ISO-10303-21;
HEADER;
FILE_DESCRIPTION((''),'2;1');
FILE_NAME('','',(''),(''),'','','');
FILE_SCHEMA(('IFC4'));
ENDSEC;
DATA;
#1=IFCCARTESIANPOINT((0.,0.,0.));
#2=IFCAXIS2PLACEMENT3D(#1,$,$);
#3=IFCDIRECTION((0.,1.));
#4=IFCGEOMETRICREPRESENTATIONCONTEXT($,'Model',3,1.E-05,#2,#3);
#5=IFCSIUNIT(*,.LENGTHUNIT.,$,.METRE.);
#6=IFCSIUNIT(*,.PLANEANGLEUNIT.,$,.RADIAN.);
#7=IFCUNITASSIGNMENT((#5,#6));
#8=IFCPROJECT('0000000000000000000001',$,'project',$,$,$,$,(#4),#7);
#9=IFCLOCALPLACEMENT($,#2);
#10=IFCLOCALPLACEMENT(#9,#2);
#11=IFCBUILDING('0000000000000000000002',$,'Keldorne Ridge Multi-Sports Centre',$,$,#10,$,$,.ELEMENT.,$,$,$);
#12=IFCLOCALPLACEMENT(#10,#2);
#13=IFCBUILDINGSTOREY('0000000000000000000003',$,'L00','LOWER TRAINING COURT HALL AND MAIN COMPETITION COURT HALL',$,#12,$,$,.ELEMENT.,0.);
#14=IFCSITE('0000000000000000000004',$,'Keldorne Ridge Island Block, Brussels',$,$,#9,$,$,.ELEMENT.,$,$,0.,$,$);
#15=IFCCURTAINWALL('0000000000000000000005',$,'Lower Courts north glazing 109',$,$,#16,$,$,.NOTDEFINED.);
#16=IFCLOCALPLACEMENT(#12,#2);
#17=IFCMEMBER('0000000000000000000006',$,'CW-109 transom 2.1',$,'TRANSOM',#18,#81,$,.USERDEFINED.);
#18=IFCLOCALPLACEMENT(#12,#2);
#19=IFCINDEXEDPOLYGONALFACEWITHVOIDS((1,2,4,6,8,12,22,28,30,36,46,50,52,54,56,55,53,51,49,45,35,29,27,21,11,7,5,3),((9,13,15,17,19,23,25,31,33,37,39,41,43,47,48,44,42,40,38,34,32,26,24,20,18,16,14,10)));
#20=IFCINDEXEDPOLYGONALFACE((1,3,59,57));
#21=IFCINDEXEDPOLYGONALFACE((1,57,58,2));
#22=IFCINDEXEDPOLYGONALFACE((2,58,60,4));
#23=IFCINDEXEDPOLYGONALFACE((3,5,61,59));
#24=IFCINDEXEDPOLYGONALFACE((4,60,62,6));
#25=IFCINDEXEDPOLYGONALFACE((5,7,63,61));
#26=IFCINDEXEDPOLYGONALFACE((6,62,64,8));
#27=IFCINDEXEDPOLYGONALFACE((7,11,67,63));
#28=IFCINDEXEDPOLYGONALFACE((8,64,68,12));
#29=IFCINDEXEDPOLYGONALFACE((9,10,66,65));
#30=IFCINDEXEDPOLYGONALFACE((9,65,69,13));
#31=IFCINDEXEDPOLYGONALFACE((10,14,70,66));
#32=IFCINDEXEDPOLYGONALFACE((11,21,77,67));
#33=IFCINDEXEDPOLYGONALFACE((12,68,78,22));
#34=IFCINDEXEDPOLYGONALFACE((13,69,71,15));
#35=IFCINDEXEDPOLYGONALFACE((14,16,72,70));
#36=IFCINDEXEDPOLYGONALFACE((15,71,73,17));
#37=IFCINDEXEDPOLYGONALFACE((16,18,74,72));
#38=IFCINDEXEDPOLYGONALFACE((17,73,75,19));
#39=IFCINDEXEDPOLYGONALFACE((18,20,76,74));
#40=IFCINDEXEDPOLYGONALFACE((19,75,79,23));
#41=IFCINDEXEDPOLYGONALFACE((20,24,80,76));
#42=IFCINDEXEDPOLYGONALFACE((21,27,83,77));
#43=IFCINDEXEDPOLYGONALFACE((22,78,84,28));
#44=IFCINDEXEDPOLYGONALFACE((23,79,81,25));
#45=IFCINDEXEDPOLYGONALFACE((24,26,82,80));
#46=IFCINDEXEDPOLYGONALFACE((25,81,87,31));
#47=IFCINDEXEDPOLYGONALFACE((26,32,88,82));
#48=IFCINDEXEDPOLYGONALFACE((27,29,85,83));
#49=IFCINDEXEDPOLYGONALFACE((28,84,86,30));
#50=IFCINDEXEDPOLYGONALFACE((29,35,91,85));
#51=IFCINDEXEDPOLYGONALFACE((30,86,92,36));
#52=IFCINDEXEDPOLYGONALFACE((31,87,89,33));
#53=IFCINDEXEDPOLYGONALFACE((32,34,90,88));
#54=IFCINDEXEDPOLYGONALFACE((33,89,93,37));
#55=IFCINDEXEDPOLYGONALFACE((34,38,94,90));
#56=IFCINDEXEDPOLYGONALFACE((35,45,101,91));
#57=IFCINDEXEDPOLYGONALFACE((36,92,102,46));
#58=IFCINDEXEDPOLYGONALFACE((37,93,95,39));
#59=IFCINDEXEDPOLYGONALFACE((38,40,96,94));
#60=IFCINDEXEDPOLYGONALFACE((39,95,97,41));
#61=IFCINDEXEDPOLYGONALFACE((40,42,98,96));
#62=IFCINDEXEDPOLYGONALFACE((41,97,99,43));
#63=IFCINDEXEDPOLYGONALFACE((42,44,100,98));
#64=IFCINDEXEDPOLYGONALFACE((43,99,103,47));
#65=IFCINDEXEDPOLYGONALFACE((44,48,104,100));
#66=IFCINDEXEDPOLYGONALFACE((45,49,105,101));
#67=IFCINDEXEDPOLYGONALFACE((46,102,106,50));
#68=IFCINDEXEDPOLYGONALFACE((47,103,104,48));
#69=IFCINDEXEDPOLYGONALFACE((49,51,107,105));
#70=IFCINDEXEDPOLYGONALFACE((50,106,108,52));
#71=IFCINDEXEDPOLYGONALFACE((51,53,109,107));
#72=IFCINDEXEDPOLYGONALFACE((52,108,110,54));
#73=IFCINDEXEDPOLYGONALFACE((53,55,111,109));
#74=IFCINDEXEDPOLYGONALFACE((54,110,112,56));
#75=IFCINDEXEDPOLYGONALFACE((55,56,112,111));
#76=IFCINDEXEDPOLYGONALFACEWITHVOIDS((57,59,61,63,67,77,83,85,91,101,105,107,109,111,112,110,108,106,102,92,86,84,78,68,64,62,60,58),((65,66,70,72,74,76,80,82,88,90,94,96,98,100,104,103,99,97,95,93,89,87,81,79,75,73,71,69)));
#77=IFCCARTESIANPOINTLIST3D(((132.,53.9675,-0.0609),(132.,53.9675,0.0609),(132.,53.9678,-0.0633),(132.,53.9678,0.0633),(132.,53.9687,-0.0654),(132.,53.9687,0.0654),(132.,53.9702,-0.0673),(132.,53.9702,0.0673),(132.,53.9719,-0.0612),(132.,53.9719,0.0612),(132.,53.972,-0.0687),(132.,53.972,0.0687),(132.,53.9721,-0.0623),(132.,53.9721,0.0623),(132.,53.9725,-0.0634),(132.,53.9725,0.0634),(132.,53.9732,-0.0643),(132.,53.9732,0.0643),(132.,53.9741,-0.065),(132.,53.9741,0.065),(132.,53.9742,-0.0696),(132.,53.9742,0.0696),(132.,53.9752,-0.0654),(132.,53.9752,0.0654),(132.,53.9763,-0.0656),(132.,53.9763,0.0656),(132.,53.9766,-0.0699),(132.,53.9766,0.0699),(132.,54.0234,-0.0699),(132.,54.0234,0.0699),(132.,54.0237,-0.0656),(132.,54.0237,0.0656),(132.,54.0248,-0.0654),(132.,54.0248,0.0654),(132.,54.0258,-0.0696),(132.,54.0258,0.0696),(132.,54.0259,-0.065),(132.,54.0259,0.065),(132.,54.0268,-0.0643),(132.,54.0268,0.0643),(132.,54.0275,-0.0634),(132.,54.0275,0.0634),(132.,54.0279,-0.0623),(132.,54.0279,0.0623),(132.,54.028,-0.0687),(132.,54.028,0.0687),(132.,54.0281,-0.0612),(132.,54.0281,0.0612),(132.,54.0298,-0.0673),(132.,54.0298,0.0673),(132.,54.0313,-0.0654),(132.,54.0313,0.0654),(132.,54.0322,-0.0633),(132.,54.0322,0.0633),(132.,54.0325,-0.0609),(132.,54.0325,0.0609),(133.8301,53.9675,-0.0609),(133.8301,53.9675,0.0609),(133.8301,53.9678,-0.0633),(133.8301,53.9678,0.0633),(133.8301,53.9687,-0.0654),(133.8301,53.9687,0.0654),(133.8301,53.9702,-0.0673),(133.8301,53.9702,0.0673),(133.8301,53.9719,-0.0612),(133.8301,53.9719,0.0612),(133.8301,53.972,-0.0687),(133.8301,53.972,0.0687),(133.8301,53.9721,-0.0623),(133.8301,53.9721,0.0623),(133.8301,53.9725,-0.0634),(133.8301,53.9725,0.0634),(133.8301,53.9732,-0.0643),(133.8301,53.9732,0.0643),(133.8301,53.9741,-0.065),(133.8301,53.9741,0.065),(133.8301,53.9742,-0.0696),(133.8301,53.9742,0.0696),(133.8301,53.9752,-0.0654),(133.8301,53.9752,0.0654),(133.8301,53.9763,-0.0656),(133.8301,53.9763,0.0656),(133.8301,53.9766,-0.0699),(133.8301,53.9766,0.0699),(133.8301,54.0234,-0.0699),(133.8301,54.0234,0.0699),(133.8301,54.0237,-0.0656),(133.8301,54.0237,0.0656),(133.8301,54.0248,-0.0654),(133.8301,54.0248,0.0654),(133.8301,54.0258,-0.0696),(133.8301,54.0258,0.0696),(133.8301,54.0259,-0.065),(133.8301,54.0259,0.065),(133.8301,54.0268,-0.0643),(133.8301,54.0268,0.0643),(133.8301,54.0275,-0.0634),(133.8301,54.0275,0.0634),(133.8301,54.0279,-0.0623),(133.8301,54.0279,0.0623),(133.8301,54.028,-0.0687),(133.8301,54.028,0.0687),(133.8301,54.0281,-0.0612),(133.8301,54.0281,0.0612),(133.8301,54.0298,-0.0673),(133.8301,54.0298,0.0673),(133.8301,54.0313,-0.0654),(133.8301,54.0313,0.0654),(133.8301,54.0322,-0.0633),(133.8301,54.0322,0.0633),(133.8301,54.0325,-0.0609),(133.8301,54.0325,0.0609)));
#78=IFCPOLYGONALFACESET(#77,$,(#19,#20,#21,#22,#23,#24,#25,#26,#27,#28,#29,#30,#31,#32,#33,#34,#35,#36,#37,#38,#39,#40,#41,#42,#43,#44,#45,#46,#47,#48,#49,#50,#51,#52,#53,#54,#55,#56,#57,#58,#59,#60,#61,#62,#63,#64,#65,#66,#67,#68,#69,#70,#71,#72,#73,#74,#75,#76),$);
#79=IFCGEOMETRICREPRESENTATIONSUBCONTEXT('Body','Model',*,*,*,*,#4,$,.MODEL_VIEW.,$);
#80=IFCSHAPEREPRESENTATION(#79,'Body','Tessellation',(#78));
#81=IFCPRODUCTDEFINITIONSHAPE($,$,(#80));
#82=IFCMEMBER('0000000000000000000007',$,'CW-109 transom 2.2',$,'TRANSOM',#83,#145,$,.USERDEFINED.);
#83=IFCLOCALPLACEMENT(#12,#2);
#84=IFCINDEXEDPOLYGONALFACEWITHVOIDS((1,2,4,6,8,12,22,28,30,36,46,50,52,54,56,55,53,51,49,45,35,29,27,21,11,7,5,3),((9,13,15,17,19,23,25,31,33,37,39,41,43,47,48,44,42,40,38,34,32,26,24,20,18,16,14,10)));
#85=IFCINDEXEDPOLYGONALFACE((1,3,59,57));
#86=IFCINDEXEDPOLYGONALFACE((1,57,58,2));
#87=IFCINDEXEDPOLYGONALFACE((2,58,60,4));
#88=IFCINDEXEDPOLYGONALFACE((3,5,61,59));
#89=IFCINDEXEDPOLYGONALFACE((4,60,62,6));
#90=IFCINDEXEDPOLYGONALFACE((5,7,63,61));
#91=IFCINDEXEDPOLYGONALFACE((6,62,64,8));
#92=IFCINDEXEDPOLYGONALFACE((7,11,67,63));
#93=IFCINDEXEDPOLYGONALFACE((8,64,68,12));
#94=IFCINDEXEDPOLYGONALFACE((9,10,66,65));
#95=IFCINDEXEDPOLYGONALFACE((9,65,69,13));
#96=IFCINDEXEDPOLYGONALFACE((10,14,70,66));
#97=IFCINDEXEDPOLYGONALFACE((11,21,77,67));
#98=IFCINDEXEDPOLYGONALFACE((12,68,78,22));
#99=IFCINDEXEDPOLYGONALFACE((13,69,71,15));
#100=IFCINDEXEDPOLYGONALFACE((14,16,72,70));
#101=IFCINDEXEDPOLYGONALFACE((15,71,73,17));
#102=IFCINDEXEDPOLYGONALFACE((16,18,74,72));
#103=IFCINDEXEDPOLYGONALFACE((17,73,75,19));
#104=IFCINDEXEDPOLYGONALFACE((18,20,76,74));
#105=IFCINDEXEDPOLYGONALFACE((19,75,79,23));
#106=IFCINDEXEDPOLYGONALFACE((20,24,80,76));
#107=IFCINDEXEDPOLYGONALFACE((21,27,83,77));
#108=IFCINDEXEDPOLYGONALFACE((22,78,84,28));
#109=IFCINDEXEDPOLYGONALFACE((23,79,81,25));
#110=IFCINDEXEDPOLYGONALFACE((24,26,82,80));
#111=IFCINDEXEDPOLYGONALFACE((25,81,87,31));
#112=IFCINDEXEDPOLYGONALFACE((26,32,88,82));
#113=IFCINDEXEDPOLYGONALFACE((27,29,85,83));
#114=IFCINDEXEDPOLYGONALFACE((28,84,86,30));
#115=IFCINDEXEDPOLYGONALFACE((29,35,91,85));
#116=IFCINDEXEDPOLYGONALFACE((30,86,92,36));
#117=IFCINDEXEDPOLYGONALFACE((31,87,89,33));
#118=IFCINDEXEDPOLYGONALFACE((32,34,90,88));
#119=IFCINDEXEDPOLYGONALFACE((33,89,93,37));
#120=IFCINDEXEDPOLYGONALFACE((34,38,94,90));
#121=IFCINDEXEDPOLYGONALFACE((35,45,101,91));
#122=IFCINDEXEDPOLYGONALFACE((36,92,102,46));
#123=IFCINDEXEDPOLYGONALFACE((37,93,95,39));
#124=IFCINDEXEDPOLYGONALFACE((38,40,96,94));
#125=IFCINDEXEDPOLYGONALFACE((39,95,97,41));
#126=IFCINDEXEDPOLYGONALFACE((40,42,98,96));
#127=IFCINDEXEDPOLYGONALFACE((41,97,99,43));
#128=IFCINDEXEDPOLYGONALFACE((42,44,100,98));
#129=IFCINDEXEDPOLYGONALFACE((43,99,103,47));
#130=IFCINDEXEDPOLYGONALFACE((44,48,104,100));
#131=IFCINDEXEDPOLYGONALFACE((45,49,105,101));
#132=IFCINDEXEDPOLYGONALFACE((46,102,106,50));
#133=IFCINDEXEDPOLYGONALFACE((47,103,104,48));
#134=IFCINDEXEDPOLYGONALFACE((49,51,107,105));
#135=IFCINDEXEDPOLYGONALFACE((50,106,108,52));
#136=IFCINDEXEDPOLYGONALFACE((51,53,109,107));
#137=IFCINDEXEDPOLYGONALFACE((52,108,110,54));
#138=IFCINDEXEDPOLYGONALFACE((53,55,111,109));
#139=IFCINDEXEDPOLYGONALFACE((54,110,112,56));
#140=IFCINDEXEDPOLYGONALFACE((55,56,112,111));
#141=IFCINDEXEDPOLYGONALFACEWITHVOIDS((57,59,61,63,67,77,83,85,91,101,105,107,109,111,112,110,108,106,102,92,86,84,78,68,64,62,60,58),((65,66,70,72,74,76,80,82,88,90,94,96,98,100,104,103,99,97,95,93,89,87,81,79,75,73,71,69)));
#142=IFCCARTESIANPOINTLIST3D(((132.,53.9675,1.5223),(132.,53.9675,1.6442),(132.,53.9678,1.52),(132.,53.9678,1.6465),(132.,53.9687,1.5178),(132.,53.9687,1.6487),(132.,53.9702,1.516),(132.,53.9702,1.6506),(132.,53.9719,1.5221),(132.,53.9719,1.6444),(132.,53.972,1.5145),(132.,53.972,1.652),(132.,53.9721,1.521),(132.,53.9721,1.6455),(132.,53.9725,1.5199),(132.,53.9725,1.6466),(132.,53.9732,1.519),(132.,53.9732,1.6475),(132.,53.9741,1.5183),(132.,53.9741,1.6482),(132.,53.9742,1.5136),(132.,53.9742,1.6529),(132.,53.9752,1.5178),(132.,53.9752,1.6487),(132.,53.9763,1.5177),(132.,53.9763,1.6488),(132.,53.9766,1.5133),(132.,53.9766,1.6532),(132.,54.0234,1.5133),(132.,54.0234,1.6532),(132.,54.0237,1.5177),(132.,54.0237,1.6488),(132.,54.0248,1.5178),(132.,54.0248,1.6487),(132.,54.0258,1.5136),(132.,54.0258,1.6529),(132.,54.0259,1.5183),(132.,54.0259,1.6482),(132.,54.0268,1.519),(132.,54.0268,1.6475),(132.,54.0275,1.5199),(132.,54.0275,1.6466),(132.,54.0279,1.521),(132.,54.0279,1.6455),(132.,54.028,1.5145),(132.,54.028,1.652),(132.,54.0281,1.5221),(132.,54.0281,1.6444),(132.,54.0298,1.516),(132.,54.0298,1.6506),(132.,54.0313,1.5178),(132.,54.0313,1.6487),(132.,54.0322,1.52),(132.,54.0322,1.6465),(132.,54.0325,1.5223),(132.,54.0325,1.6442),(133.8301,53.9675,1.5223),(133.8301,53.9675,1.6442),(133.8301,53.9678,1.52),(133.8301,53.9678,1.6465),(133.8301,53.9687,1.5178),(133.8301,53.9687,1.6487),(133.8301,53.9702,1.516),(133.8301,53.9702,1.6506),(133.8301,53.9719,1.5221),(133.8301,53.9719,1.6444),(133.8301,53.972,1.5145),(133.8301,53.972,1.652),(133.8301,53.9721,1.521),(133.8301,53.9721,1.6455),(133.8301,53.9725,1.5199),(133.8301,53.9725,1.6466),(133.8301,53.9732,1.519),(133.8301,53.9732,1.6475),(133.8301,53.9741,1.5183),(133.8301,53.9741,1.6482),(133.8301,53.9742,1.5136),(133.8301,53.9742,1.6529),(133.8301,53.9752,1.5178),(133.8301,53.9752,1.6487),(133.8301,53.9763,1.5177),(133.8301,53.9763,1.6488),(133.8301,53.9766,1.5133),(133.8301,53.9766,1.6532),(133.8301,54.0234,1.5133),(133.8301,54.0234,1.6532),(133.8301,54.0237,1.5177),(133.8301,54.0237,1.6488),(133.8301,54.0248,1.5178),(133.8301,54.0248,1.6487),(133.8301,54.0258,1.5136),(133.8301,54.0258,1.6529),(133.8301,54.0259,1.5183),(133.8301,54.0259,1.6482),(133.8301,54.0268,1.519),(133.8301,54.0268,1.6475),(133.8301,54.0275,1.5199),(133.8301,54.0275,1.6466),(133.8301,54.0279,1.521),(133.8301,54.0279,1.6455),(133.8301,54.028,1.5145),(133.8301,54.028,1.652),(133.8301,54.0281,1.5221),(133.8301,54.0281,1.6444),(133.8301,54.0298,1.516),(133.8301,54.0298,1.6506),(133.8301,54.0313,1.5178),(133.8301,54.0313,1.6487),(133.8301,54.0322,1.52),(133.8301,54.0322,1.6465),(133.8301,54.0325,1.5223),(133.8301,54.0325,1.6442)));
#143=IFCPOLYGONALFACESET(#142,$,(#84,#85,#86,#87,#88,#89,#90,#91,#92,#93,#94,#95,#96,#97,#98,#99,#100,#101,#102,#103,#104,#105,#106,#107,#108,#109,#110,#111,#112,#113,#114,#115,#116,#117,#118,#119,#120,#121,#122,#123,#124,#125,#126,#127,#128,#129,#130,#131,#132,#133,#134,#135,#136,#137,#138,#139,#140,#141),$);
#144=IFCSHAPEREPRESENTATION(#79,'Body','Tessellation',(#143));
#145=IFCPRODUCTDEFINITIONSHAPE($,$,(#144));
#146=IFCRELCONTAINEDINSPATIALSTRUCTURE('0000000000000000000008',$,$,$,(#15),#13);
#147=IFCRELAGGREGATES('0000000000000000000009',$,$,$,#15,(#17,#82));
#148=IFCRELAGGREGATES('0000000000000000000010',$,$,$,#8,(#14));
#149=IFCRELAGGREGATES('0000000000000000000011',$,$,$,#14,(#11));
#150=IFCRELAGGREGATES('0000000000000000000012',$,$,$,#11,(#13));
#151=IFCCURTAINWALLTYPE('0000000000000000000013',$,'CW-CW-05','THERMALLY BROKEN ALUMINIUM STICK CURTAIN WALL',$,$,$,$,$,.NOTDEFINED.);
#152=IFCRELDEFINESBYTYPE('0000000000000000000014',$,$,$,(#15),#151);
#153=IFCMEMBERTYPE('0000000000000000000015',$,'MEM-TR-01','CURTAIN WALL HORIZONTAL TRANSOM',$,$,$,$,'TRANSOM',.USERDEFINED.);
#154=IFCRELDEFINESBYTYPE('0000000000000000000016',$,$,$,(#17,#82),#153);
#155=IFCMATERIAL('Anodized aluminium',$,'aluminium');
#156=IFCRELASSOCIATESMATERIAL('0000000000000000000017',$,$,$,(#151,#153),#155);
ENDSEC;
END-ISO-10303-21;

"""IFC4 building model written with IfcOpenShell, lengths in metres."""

from ifc_helpers import new_model, si_unit, direction, frame, origin, origin_2d, place, context, subcontext, project, spatial, hollow_rectangle, extrude, material, material_profile, profile_set, type_object, element, aggregate, save


model = new_model("IFC4")

# Units and contexts
model_context = context("Model", 3, precision=1e-05, world=origin(), true_north=direction((0.0, 1.0)))
body_context = subcontext(model_context, "Body", "Model", "MODEL_VIEW")
ifc_project = project(units=[si_unit("LENGTHUNIT", "METRE"), si_unit("PLANEANGLEUNIT", "RADIAN")], contexts=[model_context])

# Site, building, storey
site_placement = place(None, origin())
site = spatial("IfcSite", under=ifc_project, at=site_placement, Name="Keldorne Ridge Island Block, Brussels", CompositionType="ELEMENT", RefElevation=0.0)
building_placement = place(site_placement, origin())
building = spatial("IfcBuilding", under=site, at=building_placement, Name="Keldorne Ridge Multi-Sports Centre", CompositionType="ELEMENT")
storey_placement = place(building_placement, origin())
storey = spatial("IfcBuildingStorey", under=building, at=storey_placement, Name="L00", Description="LOWER TRAINING COURT HALL AND MAIN COMPETITION COURT HALL", CompositionType="ELEMENT", Elevation=0.0)

# Curtain wall
ifc_material_1 = material(Name="Anodized aluminium", Category="aluminium")
curtain_wall_type_1 = type_object("IfcCurtainWallType", Name="CW-CW-05", Description="THERMALLY BROKEN ALUMINIUM STICK CURTAIN WALL", PredefinedType="NOTDEFINED", material=ifc_material_1)
curtain_wall_1_placement = place(storey_placement, origin())
curtain_wall_1 = element("IfcCurtainWall", 1, at=curtain_wall_1_placement, inside=storey, type_object=curtain_wall_type_1, Name="Lower Courts north glazing 109", PredefinedType="NOTDEFINED")

# Members
ifc_material_profile_1 = material_profile(ifc_material_1, hollow_rectangle(XDim=0.0649, YDim=0.1399, WallThickness=0.0044, InnerFilletRadius=0.0044, OuterFilletRadius=0.009, at=origin_2d()), Name="ALU TRANSOM 140x65x4.5")
ifc_profile_set_1 = profile_set([ifc_material_profile_1], Name="Anodized aluminium")
member_type_1 = type_object("IfcMemberType", Name="MEM-TR-01", Description="CURTAIN WALL HORIZONTAL TRANSOM", ElementType="TRANSOM", PredefinedType="USERDEFINED", material=ifc_profile_set_1)
member_1_placement = place(storey_placement, frame((133.8301, 54.0, 0.0), z_axis=(-1.0, 0.0, 0.0), x_axis=(0.0, -1.0, 0.0)))
member_1 = element("IfcMember", 2, at=member_1_placement, type_object=member_type_1, Name="CW-109 transom 2.1", ObjectType="TRANSOM", PredefinedType="USERDEFINED", context=body_context, shape_type="SweptSolid", body=[
    extrude(hollow_rectangle(XDim=0.0649, YDim=0.1399, WallThickness=0.0044, InnerFilletRadius=0.0044, OuterFilletRadius=0.009, at=origin_2d()), origin(), (0.0, 0.0, 1.0), 1.8301),
])
member_2_placement = place(storey_placement, frame((133.8301, 54.0, 1.5833), z_axis=(-1.0, 0.0, 0.0), x_axis=(0.0, -1.0, 0.0)))
member_2 = element("IfcMember", 3, at=member_2_placement, type_object=member_type_1, Name="CW-109 transom 2.2", ObjectType="TRANSOM", PredefinedType="USERDEFINED", context=body_context, shape_type="SweptSolid", body=[
    extrude(hollow_rectangle(XDim=0.0649, YDim=0.1399, WallThickness=0.0044, InnerFilletRadius=0.0044, OuterFilletRadius=0.009, at=origin_2d()), origin(), (0.0, 0.0, 1.0), 1.8301),
])

aggregate(curtain_wall_1, [member_1, member_2])

save(model, "model.ifc")
